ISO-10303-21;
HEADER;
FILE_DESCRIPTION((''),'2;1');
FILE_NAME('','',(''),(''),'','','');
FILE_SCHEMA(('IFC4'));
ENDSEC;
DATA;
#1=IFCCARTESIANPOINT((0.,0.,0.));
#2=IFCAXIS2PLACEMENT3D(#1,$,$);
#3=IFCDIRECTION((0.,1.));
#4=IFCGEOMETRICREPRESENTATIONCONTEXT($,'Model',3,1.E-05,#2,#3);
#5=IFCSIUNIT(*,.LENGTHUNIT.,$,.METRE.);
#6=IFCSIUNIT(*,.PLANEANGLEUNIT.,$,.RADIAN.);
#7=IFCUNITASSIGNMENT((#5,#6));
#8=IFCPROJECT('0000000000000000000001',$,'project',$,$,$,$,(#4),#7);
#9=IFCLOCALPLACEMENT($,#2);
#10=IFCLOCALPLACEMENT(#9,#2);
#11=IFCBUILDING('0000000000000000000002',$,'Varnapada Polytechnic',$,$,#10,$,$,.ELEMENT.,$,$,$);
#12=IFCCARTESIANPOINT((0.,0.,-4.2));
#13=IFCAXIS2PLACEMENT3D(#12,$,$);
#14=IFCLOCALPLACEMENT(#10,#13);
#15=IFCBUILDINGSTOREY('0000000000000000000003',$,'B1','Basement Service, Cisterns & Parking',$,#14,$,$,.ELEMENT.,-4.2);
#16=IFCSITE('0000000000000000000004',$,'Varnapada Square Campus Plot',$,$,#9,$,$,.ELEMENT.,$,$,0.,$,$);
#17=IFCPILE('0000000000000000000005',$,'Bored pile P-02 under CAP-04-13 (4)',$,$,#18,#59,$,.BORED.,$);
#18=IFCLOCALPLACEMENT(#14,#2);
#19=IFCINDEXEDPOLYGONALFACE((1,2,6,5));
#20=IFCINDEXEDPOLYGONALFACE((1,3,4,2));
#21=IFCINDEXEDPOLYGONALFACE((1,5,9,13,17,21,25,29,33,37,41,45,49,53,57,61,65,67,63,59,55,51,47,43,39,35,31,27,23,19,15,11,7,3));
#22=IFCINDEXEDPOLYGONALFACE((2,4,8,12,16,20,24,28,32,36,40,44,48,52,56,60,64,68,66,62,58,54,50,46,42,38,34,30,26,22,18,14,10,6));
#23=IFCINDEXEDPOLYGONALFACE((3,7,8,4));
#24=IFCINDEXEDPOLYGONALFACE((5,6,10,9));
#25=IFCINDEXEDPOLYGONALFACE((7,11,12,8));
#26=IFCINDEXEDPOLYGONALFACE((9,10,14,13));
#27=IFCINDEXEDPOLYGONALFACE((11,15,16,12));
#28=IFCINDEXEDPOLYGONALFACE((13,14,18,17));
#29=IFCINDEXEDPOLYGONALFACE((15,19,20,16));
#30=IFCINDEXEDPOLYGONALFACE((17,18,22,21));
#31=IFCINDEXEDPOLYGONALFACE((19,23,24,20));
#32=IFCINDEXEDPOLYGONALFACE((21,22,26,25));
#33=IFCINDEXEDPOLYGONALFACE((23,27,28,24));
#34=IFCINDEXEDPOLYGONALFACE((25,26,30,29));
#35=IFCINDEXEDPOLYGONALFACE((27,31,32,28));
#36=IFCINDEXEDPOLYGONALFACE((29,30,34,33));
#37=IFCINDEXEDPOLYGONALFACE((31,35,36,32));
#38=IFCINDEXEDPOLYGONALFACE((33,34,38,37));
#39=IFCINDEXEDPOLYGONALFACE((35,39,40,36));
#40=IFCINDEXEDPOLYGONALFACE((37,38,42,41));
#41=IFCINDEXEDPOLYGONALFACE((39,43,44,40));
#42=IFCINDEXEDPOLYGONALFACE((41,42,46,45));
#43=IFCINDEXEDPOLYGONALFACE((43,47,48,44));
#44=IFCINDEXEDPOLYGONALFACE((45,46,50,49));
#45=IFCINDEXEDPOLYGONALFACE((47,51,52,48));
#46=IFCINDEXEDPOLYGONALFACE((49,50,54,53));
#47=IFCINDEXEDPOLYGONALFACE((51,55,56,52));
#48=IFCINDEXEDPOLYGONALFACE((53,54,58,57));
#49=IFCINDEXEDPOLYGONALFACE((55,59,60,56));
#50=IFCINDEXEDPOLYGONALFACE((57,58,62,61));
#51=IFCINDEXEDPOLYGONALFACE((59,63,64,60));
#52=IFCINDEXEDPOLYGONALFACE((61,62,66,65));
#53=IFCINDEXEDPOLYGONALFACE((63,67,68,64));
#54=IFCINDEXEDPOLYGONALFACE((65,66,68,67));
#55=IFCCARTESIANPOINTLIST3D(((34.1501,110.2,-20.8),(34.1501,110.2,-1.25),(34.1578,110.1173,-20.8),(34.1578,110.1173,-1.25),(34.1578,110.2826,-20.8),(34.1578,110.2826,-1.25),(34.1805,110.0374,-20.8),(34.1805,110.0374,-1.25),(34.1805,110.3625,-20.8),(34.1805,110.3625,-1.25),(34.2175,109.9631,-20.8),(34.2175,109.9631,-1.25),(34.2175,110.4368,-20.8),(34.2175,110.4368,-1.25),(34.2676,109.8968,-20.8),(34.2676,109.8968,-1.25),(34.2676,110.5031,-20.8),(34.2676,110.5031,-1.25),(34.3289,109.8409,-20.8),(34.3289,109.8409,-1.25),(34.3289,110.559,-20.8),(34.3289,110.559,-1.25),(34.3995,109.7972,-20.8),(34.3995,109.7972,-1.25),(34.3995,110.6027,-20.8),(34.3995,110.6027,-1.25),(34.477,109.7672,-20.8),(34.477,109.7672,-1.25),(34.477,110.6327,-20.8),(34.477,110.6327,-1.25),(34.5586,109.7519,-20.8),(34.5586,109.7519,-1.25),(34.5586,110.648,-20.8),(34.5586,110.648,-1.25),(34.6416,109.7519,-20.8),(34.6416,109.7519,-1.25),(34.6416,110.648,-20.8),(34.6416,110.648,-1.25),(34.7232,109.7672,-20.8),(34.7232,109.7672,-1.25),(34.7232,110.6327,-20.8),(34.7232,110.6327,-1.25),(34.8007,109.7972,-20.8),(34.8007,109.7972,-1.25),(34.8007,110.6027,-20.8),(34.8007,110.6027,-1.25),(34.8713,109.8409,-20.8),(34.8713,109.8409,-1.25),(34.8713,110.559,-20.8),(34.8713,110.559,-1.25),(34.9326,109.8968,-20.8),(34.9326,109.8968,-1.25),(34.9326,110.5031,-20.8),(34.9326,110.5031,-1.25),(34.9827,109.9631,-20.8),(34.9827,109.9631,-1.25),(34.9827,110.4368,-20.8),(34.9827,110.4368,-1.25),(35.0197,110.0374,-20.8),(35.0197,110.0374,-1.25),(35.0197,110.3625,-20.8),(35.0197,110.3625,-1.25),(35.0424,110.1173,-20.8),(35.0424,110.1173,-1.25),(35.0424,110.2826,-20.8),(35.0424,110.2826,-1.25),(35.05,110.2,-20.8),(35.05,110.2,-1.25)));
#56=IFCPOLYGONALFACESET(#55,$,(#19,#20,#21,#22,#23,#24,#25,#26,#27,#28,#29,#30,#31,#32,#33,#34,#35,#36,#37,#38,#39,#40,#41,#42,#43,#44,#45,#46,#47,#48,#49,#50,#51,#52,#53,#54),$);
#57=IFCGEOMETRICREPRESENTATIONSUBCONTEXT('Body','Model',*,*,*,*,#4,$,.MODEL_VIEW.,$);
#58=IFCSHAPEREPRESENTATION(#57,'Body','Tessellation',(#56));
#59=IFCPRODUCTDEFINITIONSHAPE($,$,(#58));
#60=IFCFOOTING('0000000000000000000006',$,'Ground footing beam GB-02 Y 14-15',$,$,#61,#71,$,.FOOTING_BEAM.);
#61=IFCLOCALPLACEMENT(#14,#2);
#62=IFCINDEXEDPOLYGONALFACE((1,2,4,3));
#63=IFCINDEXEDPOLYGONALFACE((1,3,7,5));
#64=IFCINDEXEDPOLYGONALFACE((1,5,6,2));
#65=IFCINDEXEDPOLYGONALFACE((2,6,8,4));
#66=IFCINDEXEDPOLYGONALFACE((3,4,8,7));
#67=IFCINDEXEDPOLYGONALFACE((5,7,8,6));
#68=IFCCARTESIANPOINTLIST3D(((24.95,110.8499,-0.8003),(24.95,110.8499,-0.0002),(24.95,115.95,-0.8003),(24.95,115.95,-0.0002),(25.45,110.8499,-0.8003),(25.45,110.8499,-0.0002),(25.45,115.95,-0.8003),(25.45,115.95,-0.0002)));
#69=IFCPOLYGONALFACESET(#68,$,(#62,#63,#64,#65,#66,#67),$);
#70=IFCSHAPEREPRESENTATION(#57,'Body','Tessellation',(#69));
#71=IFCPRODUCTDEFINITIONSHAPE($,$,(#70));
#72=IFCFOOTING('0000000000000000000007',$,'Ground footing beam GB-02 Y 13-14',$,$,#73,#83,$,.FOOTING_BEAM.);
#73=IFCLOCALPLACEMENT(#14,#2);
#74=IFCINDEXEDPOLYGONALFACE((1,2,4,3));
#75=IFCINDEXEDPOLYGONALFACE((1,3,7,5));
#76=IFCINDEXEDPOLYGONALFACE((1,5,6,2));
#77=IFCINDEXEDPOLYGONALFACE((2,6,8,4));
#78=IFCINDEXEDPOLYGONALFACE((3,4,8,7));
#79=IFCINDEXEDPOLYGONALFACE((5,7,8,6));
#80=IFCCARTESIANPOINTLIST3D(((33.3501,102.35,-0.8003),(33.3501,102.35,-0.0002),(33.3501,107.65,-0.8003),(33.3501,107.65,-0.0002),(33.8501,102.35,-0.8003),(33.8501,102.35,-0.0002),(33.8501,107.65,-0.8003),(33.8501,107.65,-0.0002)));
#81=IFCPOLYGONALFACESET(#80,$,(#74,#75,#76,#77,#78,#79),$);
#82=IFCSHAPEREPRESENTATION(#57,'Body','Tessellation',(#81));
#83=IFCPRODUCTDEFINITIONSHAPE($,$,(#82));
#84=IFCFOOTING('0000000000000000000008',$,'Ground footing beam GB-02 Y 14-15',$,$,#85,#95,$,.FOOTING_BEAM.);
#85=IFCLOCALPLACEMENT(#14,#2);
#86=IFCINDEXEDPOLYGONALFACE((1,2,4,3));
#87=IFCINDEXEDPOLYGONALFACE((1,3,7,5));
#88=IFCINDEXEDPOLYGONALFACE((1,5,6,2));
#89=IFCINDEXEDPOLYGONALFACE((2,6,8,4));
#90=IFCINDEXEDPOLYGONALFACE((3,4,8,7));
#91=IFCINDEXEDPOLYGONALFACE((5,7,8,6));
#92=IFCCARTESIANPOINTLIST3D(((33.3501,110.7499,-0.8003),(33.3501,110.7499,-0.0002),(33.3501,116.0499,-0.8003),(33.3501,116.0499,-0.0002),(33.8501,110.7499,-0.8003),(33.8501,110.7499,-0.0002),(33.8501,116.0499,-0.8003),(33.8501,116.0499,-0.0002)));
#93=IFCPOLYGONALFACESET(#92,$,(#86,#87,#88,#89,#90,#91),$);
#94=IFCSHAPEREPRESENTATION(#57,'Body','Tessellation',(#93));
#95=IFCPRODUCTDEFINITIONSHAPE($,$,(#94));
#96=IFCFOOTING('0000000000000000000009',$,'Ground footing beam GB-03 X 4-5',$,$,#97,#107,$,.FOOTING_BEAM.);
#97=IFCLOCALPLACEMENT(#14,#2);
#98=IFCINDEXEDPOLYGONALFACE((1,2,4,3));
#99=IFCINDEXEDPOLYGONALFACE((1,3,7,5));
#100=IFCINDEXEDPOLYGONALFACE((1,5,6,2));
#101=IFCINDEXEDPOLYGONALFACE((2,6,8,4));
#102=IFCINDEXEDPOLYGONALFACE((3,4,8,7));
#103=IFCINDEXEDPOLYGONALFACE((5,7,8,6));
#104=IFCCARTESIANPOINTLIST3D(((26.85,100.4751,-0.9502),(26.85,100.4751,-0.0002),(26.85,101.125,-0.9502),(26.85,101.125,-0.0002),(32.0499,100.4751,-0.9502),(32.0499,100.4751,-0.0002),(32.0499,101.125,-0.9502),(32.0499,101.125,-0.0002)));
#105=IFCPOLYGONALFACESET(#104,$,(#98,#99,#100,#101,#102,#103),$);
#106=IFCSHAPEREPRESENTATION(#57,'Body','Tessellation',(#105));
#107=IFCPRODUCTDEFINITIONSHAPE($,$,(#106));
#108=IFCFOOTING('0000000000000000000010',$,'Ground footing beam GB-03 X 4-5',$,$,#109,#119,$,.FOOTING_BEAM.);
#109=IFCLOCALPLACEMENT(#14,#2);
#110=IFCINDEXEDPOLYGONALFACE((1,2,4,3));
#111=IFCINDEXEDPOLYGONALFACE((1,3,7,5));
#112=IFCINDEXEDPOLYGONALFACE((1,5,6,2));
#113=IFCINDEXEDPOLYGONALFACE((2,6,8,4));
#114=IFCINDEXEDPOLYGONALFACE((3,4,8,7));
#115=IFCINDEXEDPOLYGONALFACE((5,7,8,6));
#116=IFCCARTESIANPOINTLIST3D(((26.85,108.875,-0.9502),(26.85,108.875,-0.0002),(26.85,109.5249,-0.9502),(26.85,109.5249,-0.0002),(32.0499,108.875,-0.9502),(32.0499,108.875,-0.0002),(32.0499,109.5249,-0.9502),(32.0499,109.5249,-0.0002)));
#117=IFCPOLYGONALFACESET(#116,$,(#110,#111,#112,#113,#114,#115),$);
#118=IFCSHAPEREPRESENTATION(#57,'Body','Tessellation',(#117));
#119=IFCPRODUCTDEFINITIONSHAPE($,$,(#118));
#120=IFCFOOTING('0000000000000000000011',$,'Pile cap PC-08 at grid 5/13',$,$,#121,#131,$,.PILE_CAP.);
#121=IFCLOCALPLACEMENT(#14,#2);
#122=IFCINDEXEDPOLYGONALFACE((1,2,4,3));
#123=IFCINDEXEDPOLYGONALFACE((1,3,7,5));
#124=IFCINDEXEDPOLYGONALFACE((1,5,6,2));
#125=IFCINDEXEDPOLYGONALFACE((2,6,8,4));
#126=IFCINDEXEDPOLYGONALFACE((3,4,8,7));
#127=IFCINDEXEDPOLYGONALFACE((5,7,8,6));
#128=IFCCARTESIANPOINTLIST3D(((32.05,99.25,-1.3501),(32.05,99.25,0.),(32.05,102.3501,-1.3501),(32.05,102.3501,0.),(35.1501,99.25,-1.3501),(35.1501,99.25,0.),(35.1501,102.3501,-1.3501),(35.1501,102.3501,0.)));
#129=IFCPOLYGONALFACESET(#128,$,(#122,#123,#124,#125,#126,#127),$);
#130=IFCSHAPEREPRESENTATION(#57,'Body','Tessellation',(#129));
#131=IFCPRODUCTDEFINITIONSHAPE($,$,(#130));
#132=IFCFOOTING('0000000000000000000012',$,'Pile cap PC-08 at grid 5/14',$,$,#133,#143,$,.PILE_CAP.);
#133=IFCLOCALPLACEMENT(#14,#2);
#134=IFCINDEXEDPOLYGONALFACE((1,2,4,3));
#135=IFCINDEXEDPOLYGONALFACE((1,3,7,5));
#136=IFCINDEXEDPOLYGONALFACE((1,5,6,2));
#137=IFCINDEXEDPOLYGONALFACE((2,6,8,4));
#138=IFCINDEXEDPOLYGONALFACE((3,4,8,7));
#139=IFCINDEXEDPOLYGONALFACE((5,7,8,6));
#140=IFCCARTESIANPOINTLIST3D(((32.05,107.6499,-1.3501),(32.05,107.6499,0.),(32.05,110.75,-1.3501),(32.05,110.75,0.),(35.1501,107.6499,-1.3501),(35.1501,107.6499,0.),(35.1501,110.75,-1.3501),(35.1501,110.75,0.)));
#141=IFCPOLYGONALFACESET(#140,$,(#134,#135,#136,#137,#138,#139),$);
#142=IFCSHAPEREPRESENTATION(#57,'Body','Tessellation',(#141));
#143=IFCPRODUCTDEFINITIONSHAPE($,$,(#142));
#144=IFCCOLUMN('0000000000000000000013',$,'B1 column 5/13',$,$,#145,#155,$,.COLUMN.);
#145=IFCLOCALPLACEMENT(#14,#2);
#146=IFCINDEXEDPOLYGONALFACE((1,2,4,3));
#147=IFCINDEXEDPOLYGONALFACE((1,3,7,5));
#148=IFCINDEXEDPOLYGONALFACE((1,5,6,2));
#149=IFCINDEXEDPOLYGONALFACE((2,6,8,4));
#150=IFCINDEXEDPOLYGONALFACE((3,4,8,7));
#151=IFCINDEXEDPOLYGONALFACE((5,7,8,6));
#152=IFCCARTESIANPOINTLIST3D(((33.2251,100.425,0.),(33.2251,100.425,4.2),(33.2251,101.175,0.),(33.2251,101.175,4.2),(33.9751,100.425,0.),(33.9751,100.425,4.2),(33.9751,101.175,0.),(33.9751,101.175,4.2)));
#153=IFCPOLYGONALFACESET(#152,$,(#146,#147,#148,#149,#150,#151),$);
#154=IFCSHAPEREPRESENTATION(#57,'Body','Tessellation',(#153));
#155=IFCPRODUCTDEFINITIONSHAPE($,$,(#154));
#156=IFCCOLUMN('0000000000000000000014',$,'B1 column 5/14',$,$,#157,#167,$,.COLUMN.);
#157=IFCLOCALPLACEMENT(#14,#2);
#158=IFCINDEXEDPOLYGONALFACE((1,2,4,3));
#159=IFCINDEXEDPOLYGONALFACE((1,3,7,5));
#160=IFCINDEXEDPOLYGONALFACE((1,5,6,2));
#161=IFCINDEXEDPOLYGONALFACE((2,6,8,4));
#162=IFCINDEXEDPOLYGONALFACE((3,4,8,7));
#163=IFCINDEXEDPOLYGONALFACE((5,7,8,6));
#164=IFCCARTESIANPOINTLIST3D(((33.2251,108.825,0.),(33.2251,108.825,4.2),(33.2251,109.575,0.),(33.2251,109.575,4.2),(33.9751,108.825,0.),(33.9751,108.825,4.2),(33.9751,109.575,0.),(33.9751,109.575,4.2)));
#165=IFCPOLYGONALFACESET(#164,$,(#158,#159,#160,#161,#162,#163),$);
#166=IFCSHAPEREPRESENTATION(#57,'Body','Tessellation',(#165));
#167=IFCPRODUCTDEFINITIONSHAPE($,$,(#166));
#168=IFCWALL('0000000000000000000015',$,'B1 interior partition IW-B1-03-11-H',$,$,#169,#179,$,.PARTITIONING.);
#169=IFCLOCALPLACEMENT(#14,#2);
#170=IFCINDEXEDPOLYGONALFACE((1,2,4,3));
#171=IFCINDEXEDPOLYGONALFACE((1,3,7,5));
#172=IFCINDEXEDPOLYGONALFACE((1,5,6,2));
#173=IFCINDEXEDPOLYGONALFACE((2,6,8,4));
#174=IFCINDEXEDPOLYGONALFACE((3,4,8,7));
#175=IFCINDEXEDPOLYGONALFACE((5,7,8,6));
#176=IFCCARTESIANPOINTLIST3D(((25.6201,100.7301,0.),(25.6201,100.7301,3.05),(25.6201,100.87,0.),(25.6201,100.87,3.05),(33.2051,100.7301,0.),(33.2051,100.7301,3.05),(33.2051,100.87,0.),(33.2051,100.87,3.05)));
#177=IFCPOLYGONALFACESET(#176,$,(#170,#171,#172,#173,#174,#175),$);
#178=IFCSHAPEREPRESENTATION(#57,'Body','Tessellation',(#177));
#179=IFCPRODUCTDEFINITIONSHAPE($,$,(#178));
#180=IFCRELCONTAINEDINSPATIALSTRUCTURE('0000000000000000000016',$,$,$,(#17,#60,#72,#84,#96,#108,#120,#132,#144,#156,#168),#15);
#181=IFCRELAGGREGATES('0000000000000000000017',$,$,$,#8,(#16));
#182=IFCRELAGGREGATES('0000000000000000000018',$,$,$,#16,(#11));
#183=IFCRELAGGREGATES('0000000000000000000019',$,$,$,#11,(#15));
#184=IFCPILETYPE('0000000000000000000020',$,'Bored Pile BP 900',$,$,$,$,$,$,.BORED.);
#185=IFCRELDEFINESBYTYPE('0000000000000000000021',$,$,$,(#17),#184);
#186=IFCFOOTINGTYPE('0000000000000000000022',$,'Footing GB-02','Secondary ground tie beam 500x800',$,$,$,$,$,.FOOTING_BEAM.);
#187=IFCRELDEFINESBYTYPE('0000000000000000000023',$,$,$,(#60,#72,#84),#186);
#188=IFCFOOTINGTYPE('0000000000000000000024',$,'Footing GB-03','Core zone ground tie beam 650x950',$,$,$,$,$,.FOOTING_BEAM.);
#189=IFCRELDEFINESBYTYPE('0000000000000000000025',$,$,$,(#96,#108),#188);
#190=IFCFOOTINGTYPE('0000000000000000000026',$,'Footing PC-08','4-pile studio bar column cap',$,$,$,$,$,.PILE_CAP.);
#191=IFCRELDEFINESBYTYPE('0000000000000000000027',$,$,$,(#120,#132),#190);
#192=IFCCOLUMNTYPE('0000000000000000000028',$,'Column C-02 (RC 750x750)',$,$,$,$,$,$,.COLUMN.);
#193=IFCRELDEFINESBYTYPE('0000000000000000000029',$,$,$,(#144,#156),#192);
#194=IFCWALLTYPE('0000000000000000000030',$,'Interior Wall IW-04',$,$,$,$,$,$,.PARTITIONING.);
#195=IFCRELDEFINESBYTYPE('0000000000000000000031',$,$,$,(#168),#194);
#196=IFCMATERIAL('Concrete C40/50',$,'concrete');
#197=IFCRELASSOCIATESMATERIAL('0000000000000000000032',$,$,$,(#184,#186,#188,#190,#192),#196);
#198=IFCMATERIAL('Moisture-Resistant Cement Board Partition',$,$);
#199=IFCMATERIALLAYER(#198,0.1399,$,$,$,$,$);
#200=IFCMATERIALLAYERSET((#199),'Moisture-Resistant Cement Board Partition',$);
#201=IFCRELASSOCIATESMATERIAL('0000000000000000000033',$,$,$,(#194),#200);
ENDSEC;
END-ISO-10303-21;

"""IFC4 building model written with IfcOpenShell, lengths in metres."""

from ifc_helpers import new_model, si_unit, direction, frame, frame_2d, origin, origin_2d, place, context, subcontext, project, spatial, rectangle, circle, extrude, material, layer, layer_set, material_profile, profile_set, type_object, element, save


model = new_model("IFC4")

# Units and contexts
model_context = context("Model", 3, precision=1e-05, world=origin(), true_north=direction((0.0, 1.0)))
body_context = subcontext(model_context, "Body", "Model", "MODEL_VIEW")
ifc_project = project(units=[si_unit("LENGTHUNIT", "METRE"), si_unit("PLANEANGLEUNIT", "RADIAN")], contexts=[model_context])

# Site, building, storey
site_placement = place(None, origin())
site = spatial("IfcSite", under=ifc_project, at=site_placement, Name="Varnapada Square Campus Plot", CompositionType="ELEMENT", RefElevation=0.0)
building_placement = place(site_placement, origin())
building = spatial("IfcBuilding", under=site, at=building_placement, Name="Varnapada Polytechnic", CompositionType="ELEMENT")
storey_placement = place(building_placement, frame((0.0, 0.0, -4.2)))
storey = spatial("IfcBuildingStorey", under=building, at=storey_placement, Name="B1", Description="Basement Service, Cisterns & Parking", CompositionType="ELEMENT", Elevation=-4.2)

# Pile
ifc_material_1 = material(Name="Concrete C40/50", Category="concrete")
ifc_material_profile_1 = material_profile(ifc_material_1, circle(Radius=0.45, at=origin_2d()), Name="BP 900")
ifc_profile_set_1 = profile_set([ifc_material_profile_1], Name="Concrete C40/50")
pile_type_1 = type_object("IfcPileType", Name="Bored Pile BP 900", PredefinedType="BORED", material=ifc_profile_set_1)
for number, where, z_axis, x_axis, name in (
    (1, (34.6001, 110.2, -1.25), (0.0, 0.0, -1.0), (1.0, 0.0, 0.0), "Bored pile P-02 under CAP-04-13 (4)"),
):
    element("IfcPile", number, at=place(storey_placement, frame(where, z_axis=z_axis, x_axis=x_axis)), inside=storey, type_object=pile_type_1, Name=name, PredefinedType="BORED", context=body_context, shape_type="SweptSolid", body=[
        extrude(circle(Radius=0.45, at=origin_2d()), origin(), (0.0, 0.0, 1.0), 19.55),
    ])

# Footings
footing_type_1 = type_object("IfcFootingType", Name="Footing GB-02", Description="Secondary ground tie beam 500x800", PredefinedType="FOOTING_BEAM", material=ifc_material_1)
footing_placement = place(storey_placement, frame((25.2, 113.3999, -0.8003), z_axis=(0.0, 0.0, 1.0), x_axis=(0.0, 1.0, 0.0)))
element("IfcFooting", 2, at=footing_placement, inside=storey, type_object=footing_type_1, Name="Ground footing beam GB-02 Y 14-15", PredefinedType="FOOTING_BEAM", context=body_context, shape_type="SweptSolid", body=[
    extrude(rectangle(XDim=5.1001, YDim=0.5, at=origin_2d()), origin(), (0.0, 0.0, 1.0), 0.8),
])
for number, where, z_axis, x_axis, name in (
    (3, (33.6001, 105.0, -0.8003), (0.0, 0.0, 1.0), (0.0, 1.0, 0.0), "Ground footing beam GB-02 Y 13-14"),
    (4, (33.6001, 113.3999, -0.8003), (0.0, 0.0, 1.0), (0.0, 1.0, 0.0), "Ground footing beam GB-02 Y 14-15"),
):
    element("IfcFooting", number, at=place(storey_placement, frame(where, z_axis=z_axis, x_axis=x_axis)), inside=storey, type_object=footing_type_1, Name=name, PredefinedType="FOOTING_BEAM", context=body_context, shape_type="SweptSolid", body=[
        extrude(rectangle(XDim=5.3, YDim=0.5, at=origin_2d()), origin(), (0.0, 0.0, 1.0), 0.8),
    ])
footing_type_2 = type_object("IfcFootingType", Name="Footing GB-03", Description="Core zone ground tie beam 650x950", PredefinedType="FOOTING_BEAM", material=ifc_material_1)
for number, where, z_axis, x_axis, name in (
    (5, (29.45, 100.8, -0.9502), (0.0, 0.0, 1.0), (1.0, 0.0, 0.0), "Ground footing beam GB-03 X 4-5"),
    (6, (29.45, 109.2, -0.9502), (0.0, 0.0, 1.0), (1.0, 0.0, 0.0), "Ground footing beam GB-03 X 4-5"),
):
    element("IfcFooting", number, at=place(storey_placement, frame(where, z_axis=z_axis, x_axis=x_axis)), inside=storey, type_object=footing_type_2, Name=name, PredefinedType="FOOTING_BEAM", context=body_context, shape_type="SweptSolid", body=[
        extrude(rectangle(XDim=5.2, YDim=0.6499, at=origin_2d()), origin(), (0.0, 0.0, 1.0), 0.95),
    ])
footing_type_3 = type_object("IfcFootingType", Name="Footing PC-08", Description="4-pile studio bar column cap", PredefinedType="PILE_CAP", material=ifc_material_1)
for number, where, z_axis, x_axis, name in (
    (7, (33.6001, 100.8, -1.3501), (0.0, 0.0, 1.0), (1.0, 0.0, 0.0), "Pile cap PC-08 at grid 5/13"),
    (8, (33.6001, 109.2, -1.3501), (0.0, 0.0, 1.0), (1.0, 0.0, 0.0), "Pile cap PC-08 at grid 5/14"),
):
    element("IfcFooting", number, at=place(storey_placement, frame(where, z_axis=z_axis, x_axis=x_axis)), inside=storey, type_object=footing_type_3, Name=name, PredefinedType="PILE_CAP", context=body_context, shape_type="SweptSolid", body=[
        extrude(rectangle(XDim=3.1001, YDim=3.1001, at=origin_2d()), origin(), (0.0, 0.0, 1.0), 1.3501),
    ])

# Columns
ifc_material_profile_2 = material_profile(ifc_material_1, rectangle(XDim=0.75, YDim=0.75, at=origin_2d()), Name="RC 750x750")
ifc_profile_set_2 = profile_set([ifc_material_profile_2], Name="Concrete C40/50")
column_type = type_object("IfcColumnType", Name="Column C-02 (RC 750x750)", PredefinedType="COLUMN", material=ifc_profile_set_2)
for number, where, z_axis, x_axis, name in (
    (9, (33.6001, 100.8, 0.0), (0.0, 0.0, 1.0), (1.0, 0.0, 0.0), "B1 column 5/13"),
    (10, (33.6001, 109.2, 0.0), (0.0, 0.0, 1.0), (1.0, 0.0, 0.0), "B1 column 5/14"),
):
    element("IfcColumn", number, at=place(storey_placement, frame(where, z_axis=z_axis, x_axis=x_axis)), inside=storey, type_object=column_type, Name=name, PredefinedType="COLUMN", context=body_context, shape_type="SweptSolid", body=[
        extrude(rectangle(XDim=0.75, YDim=0.75, at=origin_2d()), origin(), (0.0, 0.0, 1.0), 4.2),
    ])

# Wall
ifc_material_2 = material(Name="Moisture-Resistant Cement Board Partition")
ifc_layer_1 = layer(ifc_material_2, 0.1399)
ifc_layer_set_1 = layer_set([ifc_layer_1], Name="Moisture-Resistant Cement Board Partition")
wall_type_1 = type_object("IfcWallType", Name="Interior Wall IW-04", PredefinedType="PARTITIONING", material=ifc_layer_set_1)
wall_1_placement = place(storey_placement, frame((25.6201, 100.8, 0.0), z_axis=(0.0, 0.0, 1.0), x_axis=(1.0, 0.0, 0.0)))
element("IfcWall", 11, at=wall_1_placement, inside=storey, type_object=wall_type_1, Name="B1 interior partition IW-B1-03-11-H", PredefinedType="PARTITIONING", context=body_context, shape_type="SweptSolid", body=[
    extrude(rectangle(XDim=7.585, YDim=0.1399, at=frame_2d((3.7925, 0.0))), origin(), (0.0, 0.0, 1.0), 3.05),
])

save(model, "model.ifc")
